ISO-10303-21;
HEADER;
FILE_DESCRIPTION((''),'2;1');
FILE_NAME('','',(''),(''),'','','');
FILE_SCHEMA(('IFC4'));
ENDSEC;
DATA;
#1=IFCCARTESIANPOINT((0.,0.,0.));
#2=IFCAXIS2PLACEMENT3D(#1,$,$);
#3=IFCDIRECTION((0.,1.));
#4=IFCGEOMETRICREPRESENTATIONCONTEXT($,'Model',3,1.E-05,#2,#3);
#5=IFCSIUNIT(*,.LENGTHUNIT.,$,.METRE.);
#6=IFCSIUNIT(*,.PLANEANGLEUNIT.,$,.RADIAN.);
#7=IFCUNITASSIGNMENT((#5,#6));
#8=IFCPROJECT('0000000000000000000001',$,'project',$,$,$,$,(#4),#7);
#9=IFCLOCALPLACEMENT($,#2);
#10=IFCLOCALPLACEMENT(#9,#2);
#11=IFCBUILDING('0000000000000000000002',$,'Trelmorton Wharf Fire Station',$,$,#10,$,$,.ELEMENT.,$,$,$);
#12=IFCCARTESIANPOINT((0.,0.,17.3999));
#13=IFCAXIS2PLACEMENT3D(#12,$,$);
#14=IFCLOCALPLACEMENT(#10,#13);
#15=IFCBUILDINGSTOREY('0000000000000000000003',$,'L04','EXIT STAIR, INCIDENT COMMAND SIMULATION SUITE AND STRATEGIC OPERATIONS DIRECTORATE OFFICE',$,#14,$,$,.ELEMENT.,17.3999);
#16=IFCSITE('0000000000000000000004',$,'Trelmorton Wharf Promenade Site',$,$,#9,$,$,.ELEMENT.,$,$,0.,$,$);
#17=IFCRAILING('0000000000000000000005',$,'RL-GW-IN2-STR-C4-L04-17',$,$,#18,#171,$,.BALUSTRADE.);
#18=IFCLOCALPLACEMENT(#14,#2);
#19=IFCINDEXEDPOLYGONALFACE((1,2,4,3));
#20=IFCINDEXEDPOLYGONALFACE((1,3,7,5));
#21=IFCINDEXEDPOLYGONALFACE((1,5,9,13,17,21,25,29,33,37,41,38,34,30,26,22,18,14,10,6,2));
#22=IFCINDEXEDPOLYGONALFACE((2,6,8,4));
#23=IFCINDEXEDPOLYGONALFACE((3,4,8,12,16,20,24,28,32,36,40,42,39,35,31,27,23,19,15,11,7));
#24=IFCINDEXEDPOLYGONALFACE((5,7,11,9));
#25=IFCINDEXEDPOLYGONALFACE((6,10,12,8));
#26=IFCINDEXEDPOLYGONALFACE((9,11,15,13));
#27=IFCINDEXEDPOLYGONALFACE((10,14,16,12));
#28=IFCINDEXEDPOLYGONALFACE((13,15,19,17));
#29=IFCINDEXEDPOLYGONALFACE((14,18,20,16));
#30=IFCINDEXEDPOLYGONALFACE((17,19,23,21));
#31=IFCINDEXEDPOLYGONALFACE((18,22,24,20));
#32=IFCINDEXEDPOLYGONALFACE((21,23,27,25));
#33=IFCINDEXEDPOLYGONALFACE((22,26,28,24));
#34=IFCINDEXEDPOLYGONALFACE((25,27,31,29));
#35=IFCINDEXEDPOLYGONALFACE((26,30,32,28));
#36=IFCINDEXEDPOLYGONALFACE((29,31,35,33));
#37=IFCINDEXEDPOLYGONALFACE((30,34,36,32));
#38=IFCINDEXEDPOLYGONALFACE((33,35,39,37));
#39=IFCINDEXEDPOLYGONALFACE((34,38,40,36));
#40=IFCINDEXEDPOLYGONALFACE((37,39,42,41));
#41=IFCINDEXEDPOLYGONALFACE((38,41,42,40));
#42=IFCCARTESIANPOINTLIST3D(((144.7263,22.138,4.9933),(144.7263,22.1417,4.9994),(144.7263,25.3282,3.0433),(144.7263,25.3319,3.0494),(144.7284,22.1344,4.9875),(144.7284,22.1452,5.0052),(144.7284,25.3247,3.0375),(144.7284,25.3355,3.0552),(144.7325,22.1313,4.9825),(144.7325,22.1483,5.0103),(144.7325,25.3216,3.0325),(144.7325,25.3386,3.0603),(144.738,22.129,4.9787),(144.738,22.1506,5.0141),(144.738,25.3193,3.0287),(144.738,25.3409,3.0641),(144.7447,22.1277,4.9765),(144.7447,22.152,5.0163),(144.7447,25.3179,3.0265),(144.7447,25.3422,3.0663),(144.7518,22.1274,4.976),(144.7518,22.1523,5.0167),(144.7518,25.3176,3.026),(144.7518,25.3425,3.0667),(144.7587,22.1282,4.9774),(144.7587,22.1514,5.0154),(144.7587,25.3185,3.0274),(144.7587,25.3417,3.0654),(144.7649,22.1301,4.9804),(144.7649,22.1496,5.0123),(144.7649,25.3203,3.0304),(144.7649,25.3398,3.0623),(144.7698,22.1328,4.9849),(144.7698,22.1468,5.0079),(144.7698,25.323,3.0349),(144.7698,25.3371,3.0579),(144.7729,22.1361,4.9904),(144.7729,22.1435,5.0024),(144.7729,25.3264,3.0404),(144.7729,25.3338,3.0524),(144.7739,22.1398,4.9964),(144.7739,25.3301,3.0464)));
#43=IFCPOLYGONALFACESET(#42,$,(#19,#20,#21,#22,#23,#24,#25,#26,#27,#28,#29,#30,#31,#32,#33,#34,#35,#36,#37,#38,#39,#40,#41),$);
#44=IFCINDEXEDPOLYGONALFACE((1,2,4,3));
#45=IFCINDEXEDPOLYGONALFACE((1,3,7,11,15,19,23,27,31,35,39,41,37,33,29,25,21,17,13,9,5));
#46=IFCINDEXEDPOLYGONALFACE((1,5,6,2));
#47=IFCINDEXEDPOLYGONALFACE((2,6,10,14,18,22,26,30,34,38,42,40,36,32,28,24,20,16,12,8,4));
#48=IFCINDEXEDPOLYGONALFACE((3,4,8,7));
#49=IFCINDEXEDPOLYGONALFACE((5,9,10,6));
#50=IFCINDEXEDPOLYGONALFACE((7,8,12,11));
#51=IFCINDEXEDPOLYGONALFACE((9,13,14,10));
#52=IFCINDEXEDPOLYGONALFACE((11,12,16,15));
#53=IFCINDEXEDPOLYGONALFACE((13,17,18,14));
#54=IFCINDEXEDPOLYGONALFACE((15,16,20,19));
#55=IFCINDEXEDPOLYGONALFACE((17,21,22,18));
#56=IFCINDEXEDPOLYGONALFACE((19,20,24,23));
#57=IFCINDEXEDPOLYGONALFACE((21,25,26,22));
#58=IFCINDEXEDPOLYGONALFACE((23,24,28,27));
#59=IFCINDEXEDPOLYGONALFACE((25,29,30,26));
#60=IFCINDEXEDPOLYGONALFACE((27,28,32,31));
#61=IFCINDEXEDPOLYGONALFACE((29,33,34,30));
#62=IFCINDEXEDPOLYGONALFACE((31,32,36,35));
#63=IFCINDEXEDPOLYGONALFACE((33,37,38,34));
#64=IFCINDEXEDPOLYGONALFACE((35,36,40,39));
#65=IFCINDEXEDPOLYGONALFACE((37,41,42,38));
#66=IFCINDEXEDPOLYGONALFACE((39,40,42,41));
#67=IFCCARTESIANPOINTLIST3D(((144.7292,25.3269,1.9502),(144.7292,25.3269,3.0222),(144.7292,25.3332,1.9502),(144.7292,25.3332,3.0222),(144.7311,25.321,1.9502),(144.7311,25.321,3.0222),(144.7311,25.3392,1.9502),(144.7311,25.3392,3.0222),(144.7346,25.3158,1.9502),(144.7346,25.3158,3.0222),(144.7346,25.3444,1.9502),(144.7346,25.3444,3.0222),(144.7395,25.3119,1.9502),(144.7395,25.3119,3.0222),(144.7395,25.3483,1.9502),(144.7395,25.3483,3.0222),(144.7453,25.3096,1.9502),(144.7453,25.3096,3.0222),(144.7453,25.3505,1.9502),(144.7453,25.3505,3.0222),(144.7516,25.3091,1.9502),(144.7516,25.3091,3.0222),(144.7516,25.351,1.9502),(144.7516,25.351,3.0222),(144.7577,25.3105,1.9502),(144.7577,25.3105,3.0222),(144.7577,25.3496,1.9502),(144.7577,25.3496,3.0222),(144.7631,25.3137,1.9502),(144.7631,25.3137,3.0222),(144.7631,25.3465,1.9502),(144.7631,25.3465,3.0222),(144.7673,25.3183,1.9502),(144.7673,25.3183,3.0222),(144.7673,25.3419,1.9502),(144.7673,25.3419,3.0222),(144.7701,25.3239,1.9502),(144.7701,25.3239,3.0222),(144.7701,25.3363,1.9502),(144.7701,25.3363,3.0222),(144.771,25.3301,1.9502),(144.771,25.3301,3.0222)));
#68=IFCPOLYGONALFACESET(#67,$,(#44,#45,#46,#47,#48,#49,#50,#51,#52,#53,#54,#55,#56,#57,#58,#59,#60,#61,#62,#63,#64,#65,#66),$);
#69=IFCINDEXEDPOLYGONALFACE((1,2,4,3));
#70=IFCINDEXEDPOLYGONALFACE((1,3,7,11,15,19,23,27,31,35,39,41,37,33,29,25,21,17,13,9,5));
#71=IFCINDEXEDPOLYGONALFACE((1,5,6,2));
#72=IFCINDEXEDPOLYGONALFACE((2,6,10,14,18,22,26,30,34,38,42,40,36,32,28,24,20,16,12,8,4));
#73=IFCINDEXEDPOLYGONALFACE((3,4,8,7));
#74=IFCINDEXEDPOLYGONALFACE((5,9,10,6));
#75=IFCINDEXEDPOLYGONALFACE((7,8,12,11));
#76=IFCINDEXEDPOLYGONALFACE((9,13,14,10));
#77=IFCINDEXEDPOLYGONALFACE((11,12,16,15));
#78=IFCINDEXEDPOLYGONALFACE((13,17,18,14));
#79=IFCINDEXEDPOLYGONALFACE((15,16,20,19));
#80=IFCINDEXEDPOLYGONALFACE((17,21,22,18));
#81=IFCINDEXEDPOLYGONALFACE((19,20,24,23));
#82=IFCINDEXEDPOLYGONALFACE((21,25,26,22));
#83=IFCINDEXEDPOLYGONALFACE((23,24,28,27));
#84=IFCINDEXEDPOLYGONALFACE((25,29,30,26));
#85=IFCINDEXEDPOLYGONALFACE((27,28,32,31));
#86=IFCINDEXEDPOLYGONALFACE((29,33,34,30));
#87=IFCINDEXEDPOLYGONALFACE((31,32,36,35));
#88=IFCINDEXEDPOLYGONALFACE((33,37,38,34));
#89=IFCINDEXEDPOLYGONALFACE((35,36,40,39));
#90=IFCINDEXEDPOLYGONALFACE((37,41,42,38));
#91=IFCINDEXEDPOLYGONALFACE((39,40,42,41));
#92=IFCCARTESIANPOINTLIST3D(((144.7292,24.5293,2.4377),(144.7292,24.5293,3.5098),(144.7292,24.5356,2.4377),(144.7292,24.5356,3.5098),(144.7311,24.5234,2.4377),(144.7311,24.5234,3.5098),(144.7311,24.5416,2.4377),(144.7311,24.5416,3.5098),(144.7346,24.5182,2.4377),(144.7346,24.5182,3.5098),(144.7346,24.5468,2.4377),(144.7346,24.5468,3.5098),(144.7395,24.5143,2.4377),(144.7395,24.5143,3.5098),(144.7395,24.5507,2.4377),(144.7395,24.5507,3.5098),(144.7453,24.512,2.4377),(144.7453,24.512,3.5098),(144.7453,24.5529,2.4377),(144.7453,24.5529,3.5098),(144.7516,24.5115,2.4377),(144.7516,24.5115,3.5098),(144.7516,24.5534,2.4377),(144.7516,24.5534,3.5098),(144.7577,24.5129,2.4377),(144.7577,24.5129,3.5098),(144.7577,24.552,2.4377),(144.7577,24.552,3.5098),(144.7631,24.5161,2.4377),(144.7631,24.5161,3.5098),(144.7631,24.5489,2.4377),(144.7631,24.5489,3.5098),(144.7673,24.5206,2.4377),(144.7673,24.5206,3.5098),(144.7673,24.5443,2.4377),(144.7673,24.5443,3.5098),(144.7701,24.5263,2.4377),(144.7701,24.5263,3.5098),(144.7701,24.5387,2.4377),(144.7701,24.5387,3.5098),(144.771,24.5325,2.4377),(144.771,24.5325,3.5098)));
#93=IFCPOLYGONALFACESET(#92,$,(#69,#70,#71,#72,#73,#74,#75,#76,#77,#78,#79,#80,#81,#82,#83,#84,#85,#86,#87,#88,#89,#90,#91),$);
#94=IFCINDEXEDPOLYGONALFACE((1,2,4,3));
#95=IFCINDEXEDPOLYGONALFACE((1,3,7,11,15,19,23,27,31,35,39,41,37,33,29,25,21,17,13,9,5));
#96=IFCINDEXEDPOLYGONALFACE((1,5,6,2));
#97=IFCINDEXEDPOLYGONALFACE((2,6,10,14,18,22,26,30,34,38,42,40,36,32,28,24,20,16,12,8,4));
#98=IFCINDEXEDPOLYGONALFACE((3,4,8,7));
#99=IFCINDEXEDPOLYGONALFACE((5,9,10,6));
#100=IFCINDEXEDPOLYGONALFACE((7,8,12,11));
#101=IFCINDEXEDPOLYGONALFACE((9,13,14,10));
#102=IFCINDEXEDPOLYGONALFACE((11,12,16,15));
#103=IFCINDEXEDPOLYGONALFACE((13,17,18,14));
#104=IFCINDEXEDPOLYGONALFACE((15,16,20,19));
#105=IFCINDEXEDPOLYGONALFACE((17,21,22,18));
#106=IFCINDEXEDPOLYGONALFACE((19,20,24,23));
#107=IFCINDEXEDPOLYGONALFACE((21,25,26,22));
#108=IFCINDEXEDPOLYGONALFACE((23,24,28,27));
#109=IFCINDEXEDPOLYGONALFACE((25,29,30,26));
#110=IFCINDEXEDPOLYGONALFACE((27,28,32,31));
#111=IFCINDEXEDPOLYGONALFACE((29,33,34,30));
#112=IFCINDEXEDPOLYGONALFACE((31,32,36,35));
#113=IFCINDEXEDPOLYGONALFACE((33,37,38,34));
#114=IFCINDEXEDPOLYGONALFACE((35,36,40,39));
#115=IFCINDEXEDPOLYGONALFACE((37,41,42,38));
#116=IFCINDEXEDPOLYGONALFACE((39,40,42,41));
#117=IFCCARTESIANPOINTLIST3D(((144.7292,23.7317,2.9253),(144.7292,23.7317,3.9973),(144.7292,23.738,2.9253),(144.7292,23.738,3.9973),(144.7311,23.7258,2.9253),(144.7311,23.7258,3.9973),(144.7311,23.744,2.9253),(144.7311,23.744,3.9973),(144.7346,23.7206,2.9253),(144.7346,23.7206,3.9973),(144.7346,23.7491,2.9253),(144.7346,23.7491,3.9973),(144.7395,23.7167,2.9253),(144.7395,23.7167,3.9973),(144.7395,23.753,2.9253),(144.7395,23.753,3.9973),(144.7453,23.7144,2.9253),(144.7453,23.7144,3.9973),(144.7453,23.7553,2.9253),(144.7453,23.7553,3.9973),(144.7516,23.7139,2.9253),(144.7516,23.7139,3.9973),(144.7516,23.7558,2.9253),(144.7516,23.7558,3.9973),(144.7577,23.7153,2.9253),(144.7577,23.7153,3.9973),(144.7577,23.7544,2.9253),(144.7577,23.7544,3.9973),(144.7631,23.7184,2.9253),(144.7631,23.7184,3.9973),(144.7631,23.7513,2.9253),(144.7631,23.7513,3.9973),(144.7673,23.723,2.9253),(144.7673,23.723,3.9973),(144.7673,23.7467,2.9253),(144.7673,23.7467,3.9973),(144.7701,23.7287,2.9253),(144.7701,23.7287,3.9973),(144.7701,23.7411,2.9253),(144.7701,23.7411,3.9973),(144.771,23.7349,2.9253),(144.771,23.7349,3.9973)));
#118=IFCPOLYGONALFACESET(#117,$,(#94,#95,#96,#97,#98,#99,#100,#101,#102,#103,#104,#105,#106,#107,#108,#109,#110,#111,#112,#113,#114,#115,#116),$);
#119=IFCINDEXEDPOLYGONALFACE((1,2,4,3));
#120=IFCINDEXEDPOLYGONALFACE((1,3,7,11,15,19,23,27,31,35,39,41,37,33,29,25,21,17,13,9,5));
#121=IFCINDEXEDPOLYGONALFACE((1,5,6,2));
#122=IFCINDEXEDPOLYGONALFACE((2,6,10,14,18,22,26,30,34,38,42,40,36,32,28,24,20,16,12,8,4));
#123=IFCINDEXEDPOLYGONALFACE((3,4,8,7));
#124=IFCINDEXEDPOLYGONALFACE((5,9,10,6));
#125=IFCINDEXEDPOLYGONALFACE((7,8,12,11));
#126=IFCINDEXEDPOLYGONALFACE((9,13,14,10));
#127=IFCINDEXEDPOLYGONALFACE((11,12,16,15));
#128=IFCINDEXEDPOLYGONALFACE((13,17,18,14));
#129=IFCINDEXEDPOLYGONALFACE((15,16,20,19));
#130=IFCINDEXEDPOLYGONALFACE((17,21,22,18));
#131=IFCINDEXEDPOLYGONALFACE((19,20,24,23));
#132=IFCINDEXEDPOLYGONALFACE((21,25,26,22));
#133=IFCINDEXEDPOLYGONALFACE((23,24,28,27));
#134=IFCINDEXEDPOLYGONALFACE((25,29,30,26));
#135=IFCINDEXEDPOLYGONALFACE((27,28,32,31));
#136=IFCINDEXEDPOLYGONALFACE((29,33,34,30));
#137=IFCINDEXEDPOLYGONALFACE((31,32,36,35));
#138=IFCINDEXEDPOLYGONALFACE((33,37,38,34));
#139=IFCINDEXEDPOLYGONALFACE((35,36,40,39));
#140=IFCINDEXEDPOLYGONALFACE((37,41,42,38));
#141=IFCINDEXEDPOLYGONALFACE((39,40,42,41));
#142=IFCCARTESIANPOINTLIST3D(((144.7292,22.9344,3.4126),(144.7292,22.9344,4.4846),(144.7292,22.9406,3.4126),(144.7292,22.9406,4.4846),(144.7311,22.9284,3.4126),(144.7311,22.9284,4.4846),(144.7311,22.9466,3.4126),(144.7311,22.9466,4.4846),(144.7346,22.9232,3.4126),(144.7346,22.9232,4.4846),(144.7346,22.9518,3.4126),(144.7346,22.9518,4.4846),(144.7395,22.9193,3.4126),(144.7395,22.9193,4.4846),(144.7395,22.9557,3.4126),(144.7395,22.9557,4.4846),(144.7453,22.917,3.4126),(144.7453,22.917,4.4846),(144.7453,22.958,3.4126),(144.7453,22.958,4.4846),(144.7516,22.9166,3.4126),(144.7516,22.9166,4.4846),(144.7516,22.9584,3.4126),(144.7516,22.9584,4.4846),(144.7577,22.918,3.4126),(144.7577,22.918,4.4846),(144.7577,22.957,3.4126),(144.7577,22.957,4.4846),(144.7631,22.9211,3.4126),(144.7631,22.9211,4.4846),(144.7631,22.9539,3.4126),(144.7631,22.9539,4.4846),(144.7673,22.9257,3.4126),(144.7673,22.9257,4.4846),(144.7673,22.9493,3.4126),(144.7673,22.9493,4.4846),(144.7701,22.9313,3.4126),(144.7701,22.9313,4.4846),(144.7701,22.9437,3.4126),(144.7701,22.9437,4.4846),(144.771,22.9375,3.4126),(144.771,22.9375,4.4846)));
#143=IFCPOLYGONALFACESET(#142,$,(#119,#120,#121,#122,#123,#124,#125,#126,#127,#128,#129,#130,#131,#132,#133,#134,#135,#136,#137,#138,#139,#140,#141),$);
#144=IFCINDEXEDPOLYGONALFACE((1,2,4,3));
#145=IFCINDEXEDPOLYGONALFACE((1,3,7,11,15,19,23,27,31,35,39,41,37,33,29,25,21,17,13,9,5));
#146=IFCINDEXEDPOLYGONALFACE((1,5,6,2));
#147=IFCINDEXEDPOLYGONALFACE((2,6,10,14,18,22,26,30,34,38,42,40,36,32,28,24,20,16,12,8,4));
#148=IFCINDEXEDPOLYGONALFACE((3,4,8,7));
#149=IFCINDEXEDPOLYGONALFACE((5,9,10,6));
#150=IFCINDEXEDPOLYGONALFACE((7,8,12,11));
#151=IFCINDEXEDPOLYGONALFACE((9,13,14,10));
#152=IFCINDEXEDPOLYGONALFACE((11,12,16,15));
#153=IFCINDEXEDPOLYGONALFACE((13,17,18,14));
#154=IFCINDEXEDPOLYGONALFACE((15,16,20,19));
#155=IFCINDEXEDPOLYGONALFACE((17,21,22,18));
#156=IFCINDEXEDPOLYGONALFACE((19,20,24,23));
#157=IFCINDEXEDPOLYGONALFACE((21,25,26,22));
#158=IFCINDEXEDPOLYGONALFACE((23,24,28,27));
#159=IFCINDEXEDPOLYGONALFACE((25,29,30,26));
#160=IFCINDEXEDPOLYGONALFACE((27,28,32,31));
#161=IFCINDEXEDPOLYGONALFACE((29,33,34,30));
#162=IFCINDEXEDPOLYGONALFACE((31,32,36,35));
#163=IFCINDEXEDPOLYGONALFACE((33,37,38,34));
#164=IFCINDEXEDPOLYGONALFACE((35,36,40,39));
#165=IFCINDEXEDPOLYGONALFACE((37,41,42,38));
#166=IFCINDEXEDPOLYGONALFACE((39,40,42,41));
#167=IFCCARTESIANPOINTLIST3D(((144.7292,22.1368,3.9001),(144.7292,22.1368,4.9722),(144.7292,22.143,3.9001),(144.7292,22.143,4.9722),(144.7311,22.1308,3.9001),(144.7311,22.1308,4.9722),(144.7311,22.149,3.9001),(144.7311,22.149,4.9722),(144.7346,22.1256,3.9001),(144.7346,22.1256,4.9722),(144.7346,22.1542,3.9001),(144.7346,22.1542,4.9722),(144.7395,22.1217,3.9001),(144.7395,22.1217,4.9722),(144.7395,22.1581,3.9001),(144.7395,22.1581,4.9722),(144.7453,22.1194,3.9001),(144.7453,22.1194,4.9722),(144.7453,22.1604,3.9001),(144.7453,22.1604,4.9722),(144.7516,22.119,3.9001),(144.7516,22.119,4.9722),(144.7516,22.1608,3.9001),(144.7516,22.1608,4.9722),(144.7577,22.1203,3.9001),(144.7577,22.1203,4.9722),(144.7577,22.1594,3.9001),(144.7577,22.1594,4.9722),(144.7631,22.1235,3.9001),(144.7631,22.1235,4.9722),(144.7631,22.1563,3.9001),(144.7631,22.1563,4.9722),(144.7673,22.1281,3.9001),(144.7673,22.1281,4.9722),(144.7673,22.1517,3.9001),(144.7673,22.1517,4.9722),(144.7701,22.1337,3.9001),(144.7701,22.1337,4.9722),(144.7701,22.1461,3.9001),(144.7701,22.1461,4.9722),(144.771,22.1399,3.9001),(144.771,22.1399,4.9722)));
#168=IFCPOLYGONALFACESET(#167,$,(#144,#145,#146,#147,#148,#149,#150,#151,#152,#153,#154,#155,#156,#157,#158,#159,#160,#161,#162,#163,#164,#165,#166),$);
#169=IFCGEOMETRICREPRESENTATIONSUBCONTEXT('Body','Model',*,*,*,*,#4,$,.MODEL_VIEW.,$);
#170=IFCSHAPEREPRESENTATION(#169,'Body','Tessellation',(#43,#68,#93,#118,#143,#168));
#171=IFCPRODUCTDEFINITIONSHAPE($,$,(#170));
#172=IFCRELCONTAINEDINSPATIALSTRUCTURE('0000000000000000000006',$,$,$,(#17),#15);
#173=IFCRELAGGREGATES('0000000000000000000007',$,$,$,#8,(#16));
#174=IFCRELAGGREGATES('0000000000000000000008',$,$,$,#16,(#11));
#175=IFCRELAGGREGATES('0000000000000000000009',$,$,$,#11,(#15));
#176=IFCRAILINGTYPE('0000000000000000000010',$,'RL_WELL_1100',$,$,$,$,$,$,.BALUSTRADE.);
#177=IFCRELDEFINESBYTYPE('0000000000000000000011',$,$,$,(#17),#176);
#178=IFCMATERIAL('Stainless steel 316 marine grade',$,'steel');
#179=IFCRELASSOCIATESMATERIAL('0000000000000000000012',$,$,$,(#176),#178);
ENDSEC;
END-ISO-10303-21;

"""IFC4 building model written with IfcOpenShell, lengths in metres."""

from ifc_helpers import new_model, si_unit, direction, frame, origin, origin_2d, place, context, subcontext, project, spatial, circle, extrude, material, type_object, element, save


model = new_model("IFC4")

# Units and contexts
model_context = context("Model", 3, precision=1e-05, world=origin(), true_north=direction((0.0, 1.0)))
body_context = subcontext(model_context, "Body", "Model", "MODEL_VIEW")
ifc_project = project(units=[si_unit("LENGTHUNIT", "METRE"), si_unit("PLANEANGLEUNIT", "RADIAN")], contexts=[model_context])

# Site, building, storey
site_placement = place(None, origin())
site = spatial("IfcSite", under=ifc_project, at=site_placement, Name="Trelmorton Wharf Promenade Site", CompositionType="ELEMENT", RefElevation=0.0)
building_placement = place(site_placement, origin())
building = spatial("IfcBuilding", under=site, at=building_placement, Name="Trelmorton Wharf Fire Station", CompositionType="ELEMENT")
storey_placement = place(building_placement, frame((0.0, 0.0, 17.3999)))
storey = spatial("IfcBuildingStorey", under=building, at=storey_placement, Name="L04", Description="EXIT STAIR, INCIDENT COMMAND SIMULATION SUITE AND STRATEGIC OPERATIONS DIRECTORATE OFFICE", CompositionType="ELEMENT", Elevation=17.3999)

# Shared definitions
ifc_material_1 = material(Name="Stainless steel 316 marine grade", Category="steel")

# Railing
railing_type_1 = type_object("IfcRailingType", Name="RL_WELL_1100", PredefinedType="BALUSTRADE", material=ifc_material_1)
railing_1_placement = place(storey_placement, frame((144.75, 25.3301, 1.9502)))
element("IfcRailing", 1, at=railing_1_placement, inside=storey, type_object=railing_type_1, Name="RL-GW-IN2-STR-C4-L04-17", PredefinedType="BALUSTRADE", context=body_context, shape_type="SweptSolid", body=[
    extrude(circle(Radius=0.0239, at=origin_2d()), frame((0.0, 0.0, 1.0962), z_axis=(0.0, -0.853235, 0.521527), x_axis=(1.0, 0.0, 0.0)), (0.0, 0.0, 1.0), 3.739),
    extrude(circle(Radius=0.021, at=origin_2d()), origin(), (0.0, 0.0, 1.0), 1.072),
    extrude(circle(Radius=0.021, at=origin_2d()), frame((0.0, -0.7976, 0.4875)), (0.0, 0.0, 1.0), 1.072),
    extrude(circle(Radius=0.021, at=origin_2d()), frame((0.0, -1.5952, 0.9751)), (0.0, 0.0, 1.0), 1.072),
    extrude(circle(Radius=0.021, at=origin_2d()), frame((0.0, -2.3926, 1.4624)), (0.0, 0.0, 1.0), 1.072),
    extrude(circle(Radius=0.021, at=origin_2d()), frame((0.0, -3.1902, 1.95)), (0.0, 0.0, 1.0), 1.072),
])

save(model, "model.ifc")
